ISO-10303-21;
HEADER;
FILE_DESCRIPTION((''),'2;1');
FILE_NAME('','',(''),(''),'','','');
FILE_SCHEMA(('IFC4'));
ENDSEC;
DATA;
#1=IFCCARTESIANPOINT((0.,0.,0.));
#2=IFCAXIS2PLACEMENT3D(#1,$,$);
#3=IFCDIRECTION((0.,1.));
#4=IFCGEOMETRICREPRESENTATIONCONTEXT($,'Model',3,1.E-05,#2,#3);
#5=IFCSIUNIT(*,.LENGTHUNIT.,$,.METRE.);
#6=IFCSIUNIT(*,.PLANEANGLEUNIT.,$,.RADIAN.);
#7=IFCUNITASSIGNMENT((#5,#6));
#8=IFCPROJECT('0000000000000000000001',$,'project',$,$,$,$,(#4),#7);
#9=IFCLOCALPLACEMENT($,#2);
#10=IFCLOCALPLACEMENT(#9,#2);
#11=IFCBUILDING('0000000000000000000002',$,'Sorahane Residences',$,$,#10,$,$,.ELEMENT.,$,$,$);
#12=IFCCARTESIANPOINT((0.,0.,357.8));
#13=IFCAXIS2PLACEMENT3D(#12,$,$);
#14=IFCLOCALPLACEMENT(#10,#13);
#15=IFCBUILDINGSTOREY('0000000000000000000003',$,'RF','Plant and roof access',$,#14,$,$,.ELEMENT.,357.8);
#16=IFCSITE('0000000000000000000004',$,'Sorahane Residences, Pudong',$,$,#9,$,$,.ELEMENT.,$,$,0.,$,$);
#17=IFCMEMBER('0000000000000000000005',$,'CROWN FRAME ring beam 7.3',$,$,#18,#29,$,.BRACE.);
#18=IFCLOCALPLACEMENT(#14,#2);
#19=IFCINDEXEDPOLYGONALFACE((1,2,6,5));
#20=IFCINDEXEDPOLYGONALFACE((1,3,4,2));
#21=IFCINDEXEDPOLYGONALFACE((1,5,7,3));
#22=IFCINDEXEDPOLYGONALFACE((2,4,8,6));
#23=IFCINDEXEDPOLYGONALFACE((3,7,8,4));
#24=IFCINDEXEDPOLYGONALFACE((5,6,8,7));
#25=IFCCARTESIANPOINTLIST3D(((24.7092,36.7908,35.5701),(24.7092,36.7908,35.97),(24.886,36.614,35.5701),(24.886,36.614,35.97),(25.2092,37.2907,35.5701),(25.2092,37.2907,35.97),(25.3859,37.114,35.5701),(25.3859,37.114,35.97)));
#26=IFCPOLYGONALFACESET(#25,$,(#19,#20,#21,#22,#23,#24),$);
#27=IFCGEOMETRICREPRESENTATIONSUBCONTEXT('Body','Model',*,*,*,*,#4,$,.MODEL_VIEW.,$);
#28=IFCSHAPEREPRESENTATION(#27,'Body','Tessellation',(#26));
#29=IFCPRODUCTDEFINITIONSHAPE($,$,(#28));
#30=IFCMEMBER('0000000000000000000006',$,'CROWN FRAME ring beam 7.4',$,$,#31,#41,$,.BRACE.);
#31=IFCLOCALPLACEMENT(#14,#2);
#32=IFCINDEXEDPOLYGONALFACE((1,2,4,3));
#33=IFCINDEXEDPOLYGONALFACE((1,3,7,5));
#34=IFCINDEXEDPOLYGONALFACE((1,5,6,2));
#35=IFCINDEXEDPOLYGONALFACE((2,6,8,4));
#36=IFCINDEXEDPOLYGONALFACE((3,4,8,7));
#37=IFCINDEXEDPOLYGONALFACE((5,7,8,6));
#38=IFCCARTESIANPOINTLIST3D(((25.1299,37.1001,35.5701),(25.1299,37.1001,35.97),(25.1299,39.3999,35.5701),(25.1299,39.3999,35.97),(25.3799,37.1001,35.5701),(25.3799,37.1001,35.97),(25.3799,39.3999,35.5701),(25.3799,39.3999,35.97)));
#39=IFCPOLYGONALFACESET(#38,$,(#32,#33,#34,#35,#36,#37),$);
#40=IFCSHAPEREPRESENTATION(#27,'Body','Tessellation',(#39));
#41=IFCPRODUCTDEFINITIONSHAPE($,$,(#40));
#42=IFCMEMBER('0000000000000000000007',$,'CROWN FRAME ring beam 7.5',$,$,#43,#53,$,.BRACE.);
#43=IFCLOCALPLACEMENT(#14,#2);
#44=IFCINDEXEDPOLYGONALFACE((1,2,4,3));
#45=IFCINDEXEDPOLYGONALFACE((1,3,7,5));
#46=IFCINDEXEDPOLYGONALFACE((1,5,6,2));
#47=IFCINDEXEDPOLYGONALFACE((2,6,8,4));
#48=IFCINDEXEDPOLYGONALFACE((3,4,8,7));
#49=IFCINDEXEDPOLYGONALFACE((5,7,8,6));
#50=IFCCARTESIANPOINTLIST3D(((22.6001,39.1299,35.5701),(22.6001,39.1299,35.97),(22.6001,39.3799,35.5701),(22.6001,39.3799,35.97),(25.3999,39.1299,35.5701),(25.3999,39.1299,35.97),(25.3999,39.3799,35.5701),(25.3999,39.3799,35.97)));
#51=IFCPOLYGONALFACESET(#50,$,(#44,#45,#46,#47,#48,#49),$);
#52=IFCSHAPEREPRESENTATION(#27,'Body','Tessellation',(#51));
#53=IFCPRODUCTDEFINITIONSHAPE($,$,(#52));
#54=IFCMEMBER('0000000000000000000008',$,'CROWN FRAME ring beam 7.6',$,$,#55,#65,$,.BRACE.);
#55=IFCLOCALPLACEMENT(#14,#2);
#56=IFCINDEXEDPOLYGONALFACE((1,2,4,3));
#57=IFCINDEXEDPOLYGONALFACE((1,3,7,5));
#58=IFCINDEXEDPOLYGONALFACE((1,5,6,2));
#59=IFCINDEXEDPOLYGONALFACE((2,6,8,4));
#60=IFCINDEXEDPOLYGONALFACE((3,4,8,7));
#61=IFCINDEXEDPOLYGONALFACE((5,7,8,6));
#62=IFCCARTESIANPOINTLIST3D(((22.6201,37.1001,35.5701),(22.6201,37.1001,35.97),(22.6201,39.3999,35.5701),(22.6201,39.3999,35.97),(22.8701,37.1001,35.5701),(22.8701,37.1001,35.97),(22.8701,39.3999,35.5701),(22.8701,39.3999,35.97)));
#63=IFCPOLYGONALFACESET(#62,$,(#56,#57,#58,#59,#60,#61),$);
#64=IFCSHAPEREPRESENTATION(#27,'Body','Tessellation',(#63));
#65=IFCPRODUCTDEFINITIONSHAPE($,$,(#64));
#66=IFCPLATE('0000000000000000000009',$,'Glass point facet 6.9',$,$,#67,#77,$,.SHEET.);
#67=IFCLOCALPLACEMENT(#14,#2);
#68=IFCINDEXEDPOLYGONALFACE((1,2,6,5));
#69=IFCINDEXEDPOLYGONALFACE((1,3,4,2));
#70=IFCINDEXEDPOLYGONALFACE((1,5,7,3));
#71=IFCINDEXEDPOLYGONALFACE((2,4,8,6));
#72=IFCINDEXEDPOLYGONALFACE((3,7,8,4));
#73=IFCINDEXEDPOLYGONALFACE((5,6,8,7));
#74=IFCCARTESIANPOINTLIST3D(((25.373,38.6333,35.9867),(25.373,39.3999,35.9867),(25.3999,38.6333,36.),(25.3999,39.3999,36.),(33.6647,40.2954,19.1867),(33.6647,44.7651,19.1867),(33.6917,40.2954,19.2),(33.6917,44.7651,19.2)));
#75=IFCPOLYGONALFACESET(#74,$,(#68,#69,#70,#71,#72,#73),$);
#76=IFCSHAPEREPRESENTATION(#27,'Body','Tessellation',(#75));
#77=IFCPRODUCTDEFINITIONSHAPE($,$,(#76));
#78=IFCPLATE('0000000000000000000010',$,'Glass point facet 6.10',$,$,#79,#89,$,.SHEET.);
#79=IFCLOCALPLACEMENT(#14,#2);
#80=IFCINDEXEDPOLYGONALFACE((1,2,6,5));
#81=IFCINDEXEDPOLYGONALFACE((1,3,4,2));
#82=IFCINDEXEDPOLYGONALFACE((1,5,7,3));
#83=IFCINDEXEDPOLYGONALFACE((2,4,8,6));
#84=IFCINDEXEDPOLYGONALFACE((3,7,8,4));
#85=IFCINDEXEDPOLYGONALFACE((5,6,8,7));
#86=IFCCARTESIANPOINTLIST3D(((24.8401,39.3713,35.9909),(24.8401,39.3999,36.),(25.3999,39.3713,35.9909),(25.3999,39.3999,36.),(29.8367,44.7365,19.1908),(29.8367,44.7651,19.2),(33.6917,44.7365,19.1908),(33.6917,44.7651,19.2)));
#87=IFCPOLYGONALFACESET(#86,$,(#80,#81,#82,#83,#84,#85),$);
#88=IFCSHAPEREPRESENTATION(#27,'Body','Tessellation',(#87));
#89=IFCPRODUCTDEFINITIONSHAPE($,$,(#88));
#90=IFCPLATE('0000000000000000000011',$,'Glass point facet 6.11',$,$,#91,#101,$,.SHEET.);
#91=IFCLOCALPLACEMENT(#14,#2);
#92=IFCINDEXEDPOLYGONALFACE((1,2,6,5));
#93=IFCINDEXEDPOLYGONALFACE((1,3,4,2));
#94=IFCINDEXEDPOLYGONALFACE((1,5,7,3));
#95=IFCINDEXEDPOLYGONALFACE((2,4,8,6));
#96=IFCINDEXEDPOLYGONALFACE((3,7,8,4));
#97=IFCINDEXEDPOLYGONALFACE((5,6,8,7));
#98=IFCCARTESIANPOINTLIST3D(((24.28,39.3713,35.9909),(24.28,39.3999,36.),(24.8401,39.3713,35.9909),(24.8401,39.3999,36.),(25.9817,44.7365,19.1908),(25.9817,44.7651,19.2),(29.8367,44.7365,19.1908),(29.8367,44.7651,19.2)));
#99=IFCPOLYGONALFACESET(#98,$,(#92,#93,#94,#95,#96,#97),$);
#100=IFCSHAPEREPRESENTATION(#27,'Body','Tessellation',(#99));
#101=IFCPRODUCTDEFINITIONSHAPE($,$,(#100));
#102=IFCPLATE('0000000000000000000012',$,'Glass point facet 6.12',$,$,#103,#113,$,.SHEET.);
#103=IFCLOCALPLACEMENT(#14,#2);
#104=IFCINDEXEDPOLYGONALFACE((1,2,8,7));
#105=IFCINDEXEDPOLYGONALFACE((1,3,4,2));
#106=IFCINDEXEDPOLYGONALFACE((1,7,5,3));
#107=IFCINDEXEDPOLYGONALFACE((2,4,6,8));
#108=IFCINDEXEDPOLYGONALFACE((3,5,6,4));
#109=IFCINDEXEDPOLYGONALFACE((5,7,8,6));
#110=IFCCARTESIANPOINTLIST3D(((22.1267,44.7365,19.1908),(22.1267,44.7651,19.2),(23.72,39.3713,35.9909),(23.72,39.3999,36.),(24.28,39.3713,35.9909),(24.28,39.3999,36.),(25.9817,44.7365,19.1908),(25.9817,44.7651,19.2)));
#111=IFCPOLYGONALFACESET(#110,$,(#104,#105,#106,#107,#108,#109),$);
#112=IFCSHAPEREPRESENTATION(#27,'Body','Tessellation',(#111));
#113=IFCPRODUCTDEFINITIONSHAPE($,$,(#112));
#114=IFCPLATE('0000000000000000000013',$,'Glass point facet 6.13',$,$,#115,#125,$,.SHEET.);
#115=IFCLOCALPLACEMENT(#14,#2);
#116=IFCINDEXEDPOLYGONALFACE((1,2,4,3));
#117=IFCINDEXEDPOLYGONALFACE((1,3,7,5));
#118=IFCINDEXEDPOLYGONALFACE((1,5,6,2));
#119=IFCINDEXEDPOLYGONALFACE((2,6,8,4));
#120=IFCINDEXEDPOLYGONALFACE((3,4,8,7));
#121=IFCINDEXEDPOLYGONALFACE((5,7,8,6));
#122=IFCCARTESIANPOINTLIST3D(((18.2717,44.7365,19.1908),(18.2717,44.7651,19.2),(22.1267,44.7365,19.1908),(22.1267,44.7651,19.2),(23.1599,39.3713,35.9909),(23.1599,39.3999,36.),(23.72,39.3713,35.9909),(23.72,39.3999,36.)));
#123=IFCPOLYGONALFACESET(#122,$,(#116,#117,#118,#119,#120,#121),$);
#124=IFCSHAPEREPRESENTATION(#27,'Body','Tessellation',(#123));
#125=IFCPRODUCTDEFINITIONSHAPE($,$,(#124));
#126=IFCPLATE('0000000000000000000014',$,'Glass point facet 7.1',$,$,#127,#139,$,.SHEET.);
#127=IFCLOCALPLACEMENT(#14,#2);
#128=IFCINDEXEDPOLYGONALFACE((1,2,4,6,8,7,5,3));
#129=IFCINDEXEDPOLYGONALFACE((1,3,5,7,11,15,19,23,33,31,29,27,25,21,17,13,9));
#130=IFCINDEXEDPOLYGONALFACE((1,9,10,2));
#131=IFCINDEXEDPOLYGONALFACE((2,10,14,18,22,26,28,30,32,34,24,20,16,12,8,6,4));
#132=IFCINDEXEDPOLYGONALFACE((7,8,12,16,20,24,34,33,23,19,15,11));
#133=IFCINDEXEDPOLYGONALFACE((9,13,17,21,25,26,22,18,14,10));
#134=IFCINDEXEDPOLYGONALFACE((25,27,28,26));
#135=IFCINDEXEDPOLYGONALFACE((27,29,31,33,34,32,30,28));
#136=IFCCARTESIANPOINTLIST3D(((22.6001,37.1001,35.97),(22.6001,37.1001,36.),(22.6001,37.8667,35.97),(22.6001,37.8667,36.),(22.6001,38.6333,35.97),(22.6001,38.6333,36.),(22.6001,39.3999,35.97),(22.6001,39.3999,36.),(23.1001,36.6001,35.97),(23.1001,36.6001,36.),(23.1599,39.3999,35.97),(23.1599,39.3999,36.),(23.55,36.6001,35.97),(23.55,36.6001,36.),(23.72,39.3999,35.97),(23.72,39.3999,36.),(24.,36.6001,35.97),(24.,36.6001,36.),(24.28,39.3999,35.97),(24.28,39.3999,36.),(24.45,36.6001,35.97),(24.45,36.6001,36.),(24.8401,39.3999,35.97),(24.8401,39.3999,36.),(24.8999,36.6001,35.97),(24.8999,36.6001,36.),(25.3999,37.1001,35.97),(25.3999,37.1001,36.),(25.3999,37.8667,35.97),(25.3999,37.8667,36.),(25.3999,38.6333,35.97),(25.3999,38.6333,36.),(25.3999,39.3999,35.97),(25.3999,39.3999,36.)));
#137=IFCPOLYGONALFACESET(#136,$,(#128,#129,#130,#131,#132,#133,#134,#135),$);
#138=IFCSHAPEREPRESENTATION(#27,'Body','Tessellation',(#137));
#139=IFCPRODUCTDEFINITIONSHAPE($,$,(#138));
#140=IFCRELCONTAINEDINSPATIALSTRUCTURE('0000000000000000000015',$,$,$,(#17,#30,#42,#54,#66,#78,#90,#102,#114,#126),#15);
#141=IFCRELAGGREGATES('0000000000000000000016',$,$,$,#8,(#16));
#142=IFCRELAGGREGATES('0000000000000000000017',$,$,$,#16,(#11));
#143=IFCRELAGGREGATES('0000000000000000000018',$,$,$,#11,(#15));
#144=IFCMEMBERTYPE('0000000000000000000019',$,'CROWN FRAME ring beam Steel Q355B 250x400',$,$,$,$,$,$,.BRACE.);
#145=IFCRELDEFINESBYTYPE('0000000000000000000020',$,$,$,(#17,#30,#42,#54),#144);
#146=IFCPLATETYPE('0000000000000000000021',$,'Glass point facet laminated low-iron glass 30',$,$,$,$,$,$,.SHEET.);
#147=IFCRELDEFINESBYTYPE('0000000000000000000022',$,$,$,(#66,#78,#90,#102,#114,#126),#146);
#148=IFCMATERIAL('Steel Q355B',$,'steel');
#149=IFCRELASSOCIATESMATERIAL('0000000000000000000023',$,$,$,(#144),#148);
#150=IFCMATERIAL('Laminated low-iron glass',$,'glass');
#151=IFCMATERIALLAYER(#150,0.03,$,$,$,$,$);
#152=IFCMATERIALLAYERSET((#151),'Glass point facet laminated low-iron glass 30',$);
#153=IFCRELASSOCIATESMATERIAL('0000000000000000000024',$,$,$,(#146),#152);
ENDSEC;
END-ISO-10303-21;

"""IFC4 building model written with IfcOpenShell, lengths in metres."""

from ifc_helpers import new_model, si_unit, direction, frame, origin, origin_2d, place, context, subcontext, project, spatial, polyline, rectangle, outline, extrude, material, layer, layer_set, material_profile, profile_set, type_object, element, save


model = new_model("IFC4")

# Units and contexts
model_context = context("Model", 3, precision=1e-05, world=origin(), true_north=direction((0.0, 1.0)))
body_context = subcontext(model_context, "Body", "Model", "MODEL_VIEW")
ifc_project = project(units=[si_unit("LENGTHUNIT", "METRE"), si_unit("PLANEANGLEUNIT", "RADIAN")], contexts=[model_context])

# Site, building, storey
site_placement = place(None, origin())
site = spatial("IfcSite", under=ifc_project, at=site_placement, Name="Sorahane Residences, Pudong", CompositionType="ELEMENT", RefElevation=0.0)
building_placement = place(site_placement, origin())
building = spatial("IfcBuilding", under=site, at=building_placement, Name="Sorahane Residences", CompositionType="ELEMENT")
storey_placement = place(building_placement, frame((0.0, 0.0, 357.8)))
storey = spatial("IfcBuildingStorey", under=building, at=storey_placement, Name="RF", Description="Plant and roof access", CompositionType="ELEMENT", Elevation=357.8)

# Members
ifc_material_1 = material(Name="Steel Q355B", Category="steel")
ifc_material_profile_1 = material_profile(ifc_material_1, rectangle(XDim=0.25, YDim=0.3999, at=origin_2d()), Name="CROWN FRAME ring beam Steel Q355B 250x400")
ifc_profile_set_1 = profile_set([ifc_material_profile_1], Name="Steel Q355B")
member_type_1 = type_object("IfcMemberType", Name="CROWN FRAME ring beam Steel Q355B 250x400", PredefinedType="BRACE", material=ifc_profile_set_1)
member_1_placement = place(storey_placement, frame((24.7976, 36.7024, 35.77), z_axis=(0.707107, 0.707107, 0.0), x_axis=(-0.707107, 0.707107, 0.0)))
element("IfcMember", 1, at=member_1_placement, inside=storey, type_object=member_type_1, Name="CROWN FRAME ring beam 7.3", PredefinedType="BRACE", context=body_context, shape_type="SweptSolid", body=[
    extrude(rectangle(XDim=0.25, YDim=0.3999, at=origin_2d()), origin(), (0.0, 0.0, 1.0), 0.707),
])
member_2_placement = place(storey_placement, frame((25.2549, 37.1001, 35.77), z_axis=(0.0, 1.0, 0.0), x_axis=(-1.0, 0.0, 0.0)))
element("IfcMember", 2, at=member_2_placement, inside=storey, type_object=member_type_1, Name="CROWN FRAME ring beam 7.4", PredefinedType="BRACE", context=body_context, shape_type="SweptSolid", body=[
    extrude(rectangle(XDim=0.25, YDim=0.3999, at=origin_2d()), origin(), (0.0, 0.0, 1.0), 2.2998),
])
member_3_placement = place(storey_placement, frame((22.6001, 39.2549, 35.77), z_axis=(1.0, 0.0, 0.0), x_axis=(0.0, 1.0, 0.0)))
element("IfcMember", 3, at=member_3_placement, inside=storey, type_object=member_type_1, Name="CROWN FRAME ring beam 7.5", PredefinedType="BRACE", context=body_context, shape_type="SweptSolid", body=[
    extrude(rectangle(XDim=0.25, YDim=0.3999, at=origin_2d()), origin(), (0.0, 0.0, 1.0), 2.7998),
])
member_4_placement = place(storey_placement, frame((22.7451, 37.1001, 35.77), z_axis=(0.0, 1.0, 0.0), x_axis=(-1.0, 0.0, 0.0)))
element("IfcMember", 4, at=member_4_placement, inside=storey, type_object=member_type_1, Name="CROWN FRAME ring beam 7.6", PredefinedType="BRACE", context=body_context, shape_type="SweptSolid", body=[
    extrude(rectangle(XDim=0.25, YDim=0.3999, at=origin_2d()), origin(), (0.0, 0.0, 1.0), 2.2998),
])

# Plates
ifc_material_2 = material(Name="Laminated low-iron glass", Category="glass")
ifc_layer = layer(ifc_material_2, 0.03)
ifc_layer_set = layer_set([ifc_layer], Name="Glass point facet laminated low-iron glass 30")
plate_type = type_object("IfcPlateType", Name="Glass point facet laminated low-iron glass 30", PredefinedType="SHEET", material=ifc_layer_set)
plate_1_placement = place(storey_placement, frame((33.6917, 40.2954, 19.2), z_axis=(0.896727, 0.0, 0.442584), x_axis=(0.0, 1.0, 0.0)))
element("IfcPlate", 5, at=plate_1_placement, inside=storey, type_object=plate_type, Name="Glass point facet 6.9", PredefinedType="SHEET", context=body_context, shape_type="SweptSolid", body=[
    extrude(outline(polyline([(0.0, 0.0), (4.4697, 0.0), (-0.8955, 18.7349), (-1.6621, 18.7349), (0.0, 0.0)])), origin(), (0.0, 0.0, -1.0), 0.03),
])
plate_2_placement = place(storey_placement, frame((33.6917, 44.7651, 19.2), z_axis=(0.0, 0.952601, 0.304221), x_axis=(-1.0, 0.0, 0.0)))
element("IfcPlate", 6, at=plate_2_placement, inside=storey, type_object=plate_type, Name="Glass point facet 6.10", PredefinedType="SHEET", context=body_context, shape_type="SweptSolid", body=[
    extrude(outline(polyline([(0.0, 0.0), (3.855, 0.0), (8.8516, 17.636), (8.2917, 17.636), (0.0, 0.0)])), origin(), (0.0, 0.0, -1.0), 0.03),
])
plate_3_placement = place(storey_placement, frame((29.8367, 44.7651, 19.2), z_axis=(0.0, 0.952601, 0.304221), x_axis=(-1.0, 0.0, 0.0)))
element("IfcPlate", 7, at=plate_3_placement, inside=storey, type_object=plate_type, Name="Glass point facet 6.11", PredefinedType="SHEET", context=body_context, shape_type="SweptSolid", body=[
    extrude(outline(polyline([(0.0, 0.0), (3.855, 0.0), (5.5566, 17.636), (4.9966, 17.636), (0.0, 0.0)])), origin(), (0.0, 0.0, -1.0), 0.03),
])
plate_4_placement = place(storey_placement, frame((25.9817, 44.7651, 19.2), z_axis=(0.0, 0.952601, 0.304221), x_axis=(-1.0, 0.0, 0.0)))
element("IfcPlate", 8, at=plate_4_placement, inside=storey, type_object=plate_type, Name="Glass point facet 6.12", PredefinedType="SHEET", context=body_context, shape_type="SweptSolid", body=[
    extrude(outline(polyline([(0.0, 0.0), (3.855, 0.0), (2.2617, 17.636), (1.7017, 17.636), (0.0, 0.0)])), origin(), (0.0, 0.0, -1.0), 0.03),
])
plate_5_placement = place(storey_placement, frame((22.1267, 44.7651, 19.2), z_axis=(0.0, 0.952601, 0.304221), x_axis=(-1.0, 0.0, 0.0)))
element("IfcPlate", 9, at=plate_5_placement, inside=storey, type_object=plate_type, Name="Glass point facet 6.13", PredefinedType="SHEET", context=body_context, shape_type="SweptSolid", body=[
    extrude(outline(polyline([(0.0, 0.0), (3.855, 0.0), (-1.0332, 17.636), (-1.5933, 17.636), (0.0, 0.0)])), origin(), (0.0, 0.0, -1.0), 0.03),
])
plate_6_placement = place(storey_placement, frame((22.6001, 37.1001, 36.0), z_axis=(0.0, 0.0, 1.0), x_axis=(0.707107, -0.707107, 0.0)))
element("IfcPlate", 10, at=plate_6_placement, inside=storey, type_object=plate_type, Name="Glass point facet 7.1", PredefinedType="SHEET", context=body_context, shape_type="SweptSolid", body=[
    extrude(outline(polyline([(0.0, 0.0), (0.7071, 0.0), (1.0253, 0.3182), (1.3434, 0.6363), (1.6616, 0.9545), (1.9798, 1.2727), (1.9798, 1.9798), (1.4377, 2.5218), (0.8956, 3.0639), (0.3536, 3.606), (-0.0423, 3.2101), (-0.4383, 2.8141), (-0.8343, 2.4181), (-1.2304, 2.0221), (-1.6262, 1.6262), (-1.0841, 1.0841), (-0.5421, 0.5421), (0.0, 0.0)])), origin(), (0.0, 0.0, -1.0), 0.03),
])

save(model, "model.ifc")
